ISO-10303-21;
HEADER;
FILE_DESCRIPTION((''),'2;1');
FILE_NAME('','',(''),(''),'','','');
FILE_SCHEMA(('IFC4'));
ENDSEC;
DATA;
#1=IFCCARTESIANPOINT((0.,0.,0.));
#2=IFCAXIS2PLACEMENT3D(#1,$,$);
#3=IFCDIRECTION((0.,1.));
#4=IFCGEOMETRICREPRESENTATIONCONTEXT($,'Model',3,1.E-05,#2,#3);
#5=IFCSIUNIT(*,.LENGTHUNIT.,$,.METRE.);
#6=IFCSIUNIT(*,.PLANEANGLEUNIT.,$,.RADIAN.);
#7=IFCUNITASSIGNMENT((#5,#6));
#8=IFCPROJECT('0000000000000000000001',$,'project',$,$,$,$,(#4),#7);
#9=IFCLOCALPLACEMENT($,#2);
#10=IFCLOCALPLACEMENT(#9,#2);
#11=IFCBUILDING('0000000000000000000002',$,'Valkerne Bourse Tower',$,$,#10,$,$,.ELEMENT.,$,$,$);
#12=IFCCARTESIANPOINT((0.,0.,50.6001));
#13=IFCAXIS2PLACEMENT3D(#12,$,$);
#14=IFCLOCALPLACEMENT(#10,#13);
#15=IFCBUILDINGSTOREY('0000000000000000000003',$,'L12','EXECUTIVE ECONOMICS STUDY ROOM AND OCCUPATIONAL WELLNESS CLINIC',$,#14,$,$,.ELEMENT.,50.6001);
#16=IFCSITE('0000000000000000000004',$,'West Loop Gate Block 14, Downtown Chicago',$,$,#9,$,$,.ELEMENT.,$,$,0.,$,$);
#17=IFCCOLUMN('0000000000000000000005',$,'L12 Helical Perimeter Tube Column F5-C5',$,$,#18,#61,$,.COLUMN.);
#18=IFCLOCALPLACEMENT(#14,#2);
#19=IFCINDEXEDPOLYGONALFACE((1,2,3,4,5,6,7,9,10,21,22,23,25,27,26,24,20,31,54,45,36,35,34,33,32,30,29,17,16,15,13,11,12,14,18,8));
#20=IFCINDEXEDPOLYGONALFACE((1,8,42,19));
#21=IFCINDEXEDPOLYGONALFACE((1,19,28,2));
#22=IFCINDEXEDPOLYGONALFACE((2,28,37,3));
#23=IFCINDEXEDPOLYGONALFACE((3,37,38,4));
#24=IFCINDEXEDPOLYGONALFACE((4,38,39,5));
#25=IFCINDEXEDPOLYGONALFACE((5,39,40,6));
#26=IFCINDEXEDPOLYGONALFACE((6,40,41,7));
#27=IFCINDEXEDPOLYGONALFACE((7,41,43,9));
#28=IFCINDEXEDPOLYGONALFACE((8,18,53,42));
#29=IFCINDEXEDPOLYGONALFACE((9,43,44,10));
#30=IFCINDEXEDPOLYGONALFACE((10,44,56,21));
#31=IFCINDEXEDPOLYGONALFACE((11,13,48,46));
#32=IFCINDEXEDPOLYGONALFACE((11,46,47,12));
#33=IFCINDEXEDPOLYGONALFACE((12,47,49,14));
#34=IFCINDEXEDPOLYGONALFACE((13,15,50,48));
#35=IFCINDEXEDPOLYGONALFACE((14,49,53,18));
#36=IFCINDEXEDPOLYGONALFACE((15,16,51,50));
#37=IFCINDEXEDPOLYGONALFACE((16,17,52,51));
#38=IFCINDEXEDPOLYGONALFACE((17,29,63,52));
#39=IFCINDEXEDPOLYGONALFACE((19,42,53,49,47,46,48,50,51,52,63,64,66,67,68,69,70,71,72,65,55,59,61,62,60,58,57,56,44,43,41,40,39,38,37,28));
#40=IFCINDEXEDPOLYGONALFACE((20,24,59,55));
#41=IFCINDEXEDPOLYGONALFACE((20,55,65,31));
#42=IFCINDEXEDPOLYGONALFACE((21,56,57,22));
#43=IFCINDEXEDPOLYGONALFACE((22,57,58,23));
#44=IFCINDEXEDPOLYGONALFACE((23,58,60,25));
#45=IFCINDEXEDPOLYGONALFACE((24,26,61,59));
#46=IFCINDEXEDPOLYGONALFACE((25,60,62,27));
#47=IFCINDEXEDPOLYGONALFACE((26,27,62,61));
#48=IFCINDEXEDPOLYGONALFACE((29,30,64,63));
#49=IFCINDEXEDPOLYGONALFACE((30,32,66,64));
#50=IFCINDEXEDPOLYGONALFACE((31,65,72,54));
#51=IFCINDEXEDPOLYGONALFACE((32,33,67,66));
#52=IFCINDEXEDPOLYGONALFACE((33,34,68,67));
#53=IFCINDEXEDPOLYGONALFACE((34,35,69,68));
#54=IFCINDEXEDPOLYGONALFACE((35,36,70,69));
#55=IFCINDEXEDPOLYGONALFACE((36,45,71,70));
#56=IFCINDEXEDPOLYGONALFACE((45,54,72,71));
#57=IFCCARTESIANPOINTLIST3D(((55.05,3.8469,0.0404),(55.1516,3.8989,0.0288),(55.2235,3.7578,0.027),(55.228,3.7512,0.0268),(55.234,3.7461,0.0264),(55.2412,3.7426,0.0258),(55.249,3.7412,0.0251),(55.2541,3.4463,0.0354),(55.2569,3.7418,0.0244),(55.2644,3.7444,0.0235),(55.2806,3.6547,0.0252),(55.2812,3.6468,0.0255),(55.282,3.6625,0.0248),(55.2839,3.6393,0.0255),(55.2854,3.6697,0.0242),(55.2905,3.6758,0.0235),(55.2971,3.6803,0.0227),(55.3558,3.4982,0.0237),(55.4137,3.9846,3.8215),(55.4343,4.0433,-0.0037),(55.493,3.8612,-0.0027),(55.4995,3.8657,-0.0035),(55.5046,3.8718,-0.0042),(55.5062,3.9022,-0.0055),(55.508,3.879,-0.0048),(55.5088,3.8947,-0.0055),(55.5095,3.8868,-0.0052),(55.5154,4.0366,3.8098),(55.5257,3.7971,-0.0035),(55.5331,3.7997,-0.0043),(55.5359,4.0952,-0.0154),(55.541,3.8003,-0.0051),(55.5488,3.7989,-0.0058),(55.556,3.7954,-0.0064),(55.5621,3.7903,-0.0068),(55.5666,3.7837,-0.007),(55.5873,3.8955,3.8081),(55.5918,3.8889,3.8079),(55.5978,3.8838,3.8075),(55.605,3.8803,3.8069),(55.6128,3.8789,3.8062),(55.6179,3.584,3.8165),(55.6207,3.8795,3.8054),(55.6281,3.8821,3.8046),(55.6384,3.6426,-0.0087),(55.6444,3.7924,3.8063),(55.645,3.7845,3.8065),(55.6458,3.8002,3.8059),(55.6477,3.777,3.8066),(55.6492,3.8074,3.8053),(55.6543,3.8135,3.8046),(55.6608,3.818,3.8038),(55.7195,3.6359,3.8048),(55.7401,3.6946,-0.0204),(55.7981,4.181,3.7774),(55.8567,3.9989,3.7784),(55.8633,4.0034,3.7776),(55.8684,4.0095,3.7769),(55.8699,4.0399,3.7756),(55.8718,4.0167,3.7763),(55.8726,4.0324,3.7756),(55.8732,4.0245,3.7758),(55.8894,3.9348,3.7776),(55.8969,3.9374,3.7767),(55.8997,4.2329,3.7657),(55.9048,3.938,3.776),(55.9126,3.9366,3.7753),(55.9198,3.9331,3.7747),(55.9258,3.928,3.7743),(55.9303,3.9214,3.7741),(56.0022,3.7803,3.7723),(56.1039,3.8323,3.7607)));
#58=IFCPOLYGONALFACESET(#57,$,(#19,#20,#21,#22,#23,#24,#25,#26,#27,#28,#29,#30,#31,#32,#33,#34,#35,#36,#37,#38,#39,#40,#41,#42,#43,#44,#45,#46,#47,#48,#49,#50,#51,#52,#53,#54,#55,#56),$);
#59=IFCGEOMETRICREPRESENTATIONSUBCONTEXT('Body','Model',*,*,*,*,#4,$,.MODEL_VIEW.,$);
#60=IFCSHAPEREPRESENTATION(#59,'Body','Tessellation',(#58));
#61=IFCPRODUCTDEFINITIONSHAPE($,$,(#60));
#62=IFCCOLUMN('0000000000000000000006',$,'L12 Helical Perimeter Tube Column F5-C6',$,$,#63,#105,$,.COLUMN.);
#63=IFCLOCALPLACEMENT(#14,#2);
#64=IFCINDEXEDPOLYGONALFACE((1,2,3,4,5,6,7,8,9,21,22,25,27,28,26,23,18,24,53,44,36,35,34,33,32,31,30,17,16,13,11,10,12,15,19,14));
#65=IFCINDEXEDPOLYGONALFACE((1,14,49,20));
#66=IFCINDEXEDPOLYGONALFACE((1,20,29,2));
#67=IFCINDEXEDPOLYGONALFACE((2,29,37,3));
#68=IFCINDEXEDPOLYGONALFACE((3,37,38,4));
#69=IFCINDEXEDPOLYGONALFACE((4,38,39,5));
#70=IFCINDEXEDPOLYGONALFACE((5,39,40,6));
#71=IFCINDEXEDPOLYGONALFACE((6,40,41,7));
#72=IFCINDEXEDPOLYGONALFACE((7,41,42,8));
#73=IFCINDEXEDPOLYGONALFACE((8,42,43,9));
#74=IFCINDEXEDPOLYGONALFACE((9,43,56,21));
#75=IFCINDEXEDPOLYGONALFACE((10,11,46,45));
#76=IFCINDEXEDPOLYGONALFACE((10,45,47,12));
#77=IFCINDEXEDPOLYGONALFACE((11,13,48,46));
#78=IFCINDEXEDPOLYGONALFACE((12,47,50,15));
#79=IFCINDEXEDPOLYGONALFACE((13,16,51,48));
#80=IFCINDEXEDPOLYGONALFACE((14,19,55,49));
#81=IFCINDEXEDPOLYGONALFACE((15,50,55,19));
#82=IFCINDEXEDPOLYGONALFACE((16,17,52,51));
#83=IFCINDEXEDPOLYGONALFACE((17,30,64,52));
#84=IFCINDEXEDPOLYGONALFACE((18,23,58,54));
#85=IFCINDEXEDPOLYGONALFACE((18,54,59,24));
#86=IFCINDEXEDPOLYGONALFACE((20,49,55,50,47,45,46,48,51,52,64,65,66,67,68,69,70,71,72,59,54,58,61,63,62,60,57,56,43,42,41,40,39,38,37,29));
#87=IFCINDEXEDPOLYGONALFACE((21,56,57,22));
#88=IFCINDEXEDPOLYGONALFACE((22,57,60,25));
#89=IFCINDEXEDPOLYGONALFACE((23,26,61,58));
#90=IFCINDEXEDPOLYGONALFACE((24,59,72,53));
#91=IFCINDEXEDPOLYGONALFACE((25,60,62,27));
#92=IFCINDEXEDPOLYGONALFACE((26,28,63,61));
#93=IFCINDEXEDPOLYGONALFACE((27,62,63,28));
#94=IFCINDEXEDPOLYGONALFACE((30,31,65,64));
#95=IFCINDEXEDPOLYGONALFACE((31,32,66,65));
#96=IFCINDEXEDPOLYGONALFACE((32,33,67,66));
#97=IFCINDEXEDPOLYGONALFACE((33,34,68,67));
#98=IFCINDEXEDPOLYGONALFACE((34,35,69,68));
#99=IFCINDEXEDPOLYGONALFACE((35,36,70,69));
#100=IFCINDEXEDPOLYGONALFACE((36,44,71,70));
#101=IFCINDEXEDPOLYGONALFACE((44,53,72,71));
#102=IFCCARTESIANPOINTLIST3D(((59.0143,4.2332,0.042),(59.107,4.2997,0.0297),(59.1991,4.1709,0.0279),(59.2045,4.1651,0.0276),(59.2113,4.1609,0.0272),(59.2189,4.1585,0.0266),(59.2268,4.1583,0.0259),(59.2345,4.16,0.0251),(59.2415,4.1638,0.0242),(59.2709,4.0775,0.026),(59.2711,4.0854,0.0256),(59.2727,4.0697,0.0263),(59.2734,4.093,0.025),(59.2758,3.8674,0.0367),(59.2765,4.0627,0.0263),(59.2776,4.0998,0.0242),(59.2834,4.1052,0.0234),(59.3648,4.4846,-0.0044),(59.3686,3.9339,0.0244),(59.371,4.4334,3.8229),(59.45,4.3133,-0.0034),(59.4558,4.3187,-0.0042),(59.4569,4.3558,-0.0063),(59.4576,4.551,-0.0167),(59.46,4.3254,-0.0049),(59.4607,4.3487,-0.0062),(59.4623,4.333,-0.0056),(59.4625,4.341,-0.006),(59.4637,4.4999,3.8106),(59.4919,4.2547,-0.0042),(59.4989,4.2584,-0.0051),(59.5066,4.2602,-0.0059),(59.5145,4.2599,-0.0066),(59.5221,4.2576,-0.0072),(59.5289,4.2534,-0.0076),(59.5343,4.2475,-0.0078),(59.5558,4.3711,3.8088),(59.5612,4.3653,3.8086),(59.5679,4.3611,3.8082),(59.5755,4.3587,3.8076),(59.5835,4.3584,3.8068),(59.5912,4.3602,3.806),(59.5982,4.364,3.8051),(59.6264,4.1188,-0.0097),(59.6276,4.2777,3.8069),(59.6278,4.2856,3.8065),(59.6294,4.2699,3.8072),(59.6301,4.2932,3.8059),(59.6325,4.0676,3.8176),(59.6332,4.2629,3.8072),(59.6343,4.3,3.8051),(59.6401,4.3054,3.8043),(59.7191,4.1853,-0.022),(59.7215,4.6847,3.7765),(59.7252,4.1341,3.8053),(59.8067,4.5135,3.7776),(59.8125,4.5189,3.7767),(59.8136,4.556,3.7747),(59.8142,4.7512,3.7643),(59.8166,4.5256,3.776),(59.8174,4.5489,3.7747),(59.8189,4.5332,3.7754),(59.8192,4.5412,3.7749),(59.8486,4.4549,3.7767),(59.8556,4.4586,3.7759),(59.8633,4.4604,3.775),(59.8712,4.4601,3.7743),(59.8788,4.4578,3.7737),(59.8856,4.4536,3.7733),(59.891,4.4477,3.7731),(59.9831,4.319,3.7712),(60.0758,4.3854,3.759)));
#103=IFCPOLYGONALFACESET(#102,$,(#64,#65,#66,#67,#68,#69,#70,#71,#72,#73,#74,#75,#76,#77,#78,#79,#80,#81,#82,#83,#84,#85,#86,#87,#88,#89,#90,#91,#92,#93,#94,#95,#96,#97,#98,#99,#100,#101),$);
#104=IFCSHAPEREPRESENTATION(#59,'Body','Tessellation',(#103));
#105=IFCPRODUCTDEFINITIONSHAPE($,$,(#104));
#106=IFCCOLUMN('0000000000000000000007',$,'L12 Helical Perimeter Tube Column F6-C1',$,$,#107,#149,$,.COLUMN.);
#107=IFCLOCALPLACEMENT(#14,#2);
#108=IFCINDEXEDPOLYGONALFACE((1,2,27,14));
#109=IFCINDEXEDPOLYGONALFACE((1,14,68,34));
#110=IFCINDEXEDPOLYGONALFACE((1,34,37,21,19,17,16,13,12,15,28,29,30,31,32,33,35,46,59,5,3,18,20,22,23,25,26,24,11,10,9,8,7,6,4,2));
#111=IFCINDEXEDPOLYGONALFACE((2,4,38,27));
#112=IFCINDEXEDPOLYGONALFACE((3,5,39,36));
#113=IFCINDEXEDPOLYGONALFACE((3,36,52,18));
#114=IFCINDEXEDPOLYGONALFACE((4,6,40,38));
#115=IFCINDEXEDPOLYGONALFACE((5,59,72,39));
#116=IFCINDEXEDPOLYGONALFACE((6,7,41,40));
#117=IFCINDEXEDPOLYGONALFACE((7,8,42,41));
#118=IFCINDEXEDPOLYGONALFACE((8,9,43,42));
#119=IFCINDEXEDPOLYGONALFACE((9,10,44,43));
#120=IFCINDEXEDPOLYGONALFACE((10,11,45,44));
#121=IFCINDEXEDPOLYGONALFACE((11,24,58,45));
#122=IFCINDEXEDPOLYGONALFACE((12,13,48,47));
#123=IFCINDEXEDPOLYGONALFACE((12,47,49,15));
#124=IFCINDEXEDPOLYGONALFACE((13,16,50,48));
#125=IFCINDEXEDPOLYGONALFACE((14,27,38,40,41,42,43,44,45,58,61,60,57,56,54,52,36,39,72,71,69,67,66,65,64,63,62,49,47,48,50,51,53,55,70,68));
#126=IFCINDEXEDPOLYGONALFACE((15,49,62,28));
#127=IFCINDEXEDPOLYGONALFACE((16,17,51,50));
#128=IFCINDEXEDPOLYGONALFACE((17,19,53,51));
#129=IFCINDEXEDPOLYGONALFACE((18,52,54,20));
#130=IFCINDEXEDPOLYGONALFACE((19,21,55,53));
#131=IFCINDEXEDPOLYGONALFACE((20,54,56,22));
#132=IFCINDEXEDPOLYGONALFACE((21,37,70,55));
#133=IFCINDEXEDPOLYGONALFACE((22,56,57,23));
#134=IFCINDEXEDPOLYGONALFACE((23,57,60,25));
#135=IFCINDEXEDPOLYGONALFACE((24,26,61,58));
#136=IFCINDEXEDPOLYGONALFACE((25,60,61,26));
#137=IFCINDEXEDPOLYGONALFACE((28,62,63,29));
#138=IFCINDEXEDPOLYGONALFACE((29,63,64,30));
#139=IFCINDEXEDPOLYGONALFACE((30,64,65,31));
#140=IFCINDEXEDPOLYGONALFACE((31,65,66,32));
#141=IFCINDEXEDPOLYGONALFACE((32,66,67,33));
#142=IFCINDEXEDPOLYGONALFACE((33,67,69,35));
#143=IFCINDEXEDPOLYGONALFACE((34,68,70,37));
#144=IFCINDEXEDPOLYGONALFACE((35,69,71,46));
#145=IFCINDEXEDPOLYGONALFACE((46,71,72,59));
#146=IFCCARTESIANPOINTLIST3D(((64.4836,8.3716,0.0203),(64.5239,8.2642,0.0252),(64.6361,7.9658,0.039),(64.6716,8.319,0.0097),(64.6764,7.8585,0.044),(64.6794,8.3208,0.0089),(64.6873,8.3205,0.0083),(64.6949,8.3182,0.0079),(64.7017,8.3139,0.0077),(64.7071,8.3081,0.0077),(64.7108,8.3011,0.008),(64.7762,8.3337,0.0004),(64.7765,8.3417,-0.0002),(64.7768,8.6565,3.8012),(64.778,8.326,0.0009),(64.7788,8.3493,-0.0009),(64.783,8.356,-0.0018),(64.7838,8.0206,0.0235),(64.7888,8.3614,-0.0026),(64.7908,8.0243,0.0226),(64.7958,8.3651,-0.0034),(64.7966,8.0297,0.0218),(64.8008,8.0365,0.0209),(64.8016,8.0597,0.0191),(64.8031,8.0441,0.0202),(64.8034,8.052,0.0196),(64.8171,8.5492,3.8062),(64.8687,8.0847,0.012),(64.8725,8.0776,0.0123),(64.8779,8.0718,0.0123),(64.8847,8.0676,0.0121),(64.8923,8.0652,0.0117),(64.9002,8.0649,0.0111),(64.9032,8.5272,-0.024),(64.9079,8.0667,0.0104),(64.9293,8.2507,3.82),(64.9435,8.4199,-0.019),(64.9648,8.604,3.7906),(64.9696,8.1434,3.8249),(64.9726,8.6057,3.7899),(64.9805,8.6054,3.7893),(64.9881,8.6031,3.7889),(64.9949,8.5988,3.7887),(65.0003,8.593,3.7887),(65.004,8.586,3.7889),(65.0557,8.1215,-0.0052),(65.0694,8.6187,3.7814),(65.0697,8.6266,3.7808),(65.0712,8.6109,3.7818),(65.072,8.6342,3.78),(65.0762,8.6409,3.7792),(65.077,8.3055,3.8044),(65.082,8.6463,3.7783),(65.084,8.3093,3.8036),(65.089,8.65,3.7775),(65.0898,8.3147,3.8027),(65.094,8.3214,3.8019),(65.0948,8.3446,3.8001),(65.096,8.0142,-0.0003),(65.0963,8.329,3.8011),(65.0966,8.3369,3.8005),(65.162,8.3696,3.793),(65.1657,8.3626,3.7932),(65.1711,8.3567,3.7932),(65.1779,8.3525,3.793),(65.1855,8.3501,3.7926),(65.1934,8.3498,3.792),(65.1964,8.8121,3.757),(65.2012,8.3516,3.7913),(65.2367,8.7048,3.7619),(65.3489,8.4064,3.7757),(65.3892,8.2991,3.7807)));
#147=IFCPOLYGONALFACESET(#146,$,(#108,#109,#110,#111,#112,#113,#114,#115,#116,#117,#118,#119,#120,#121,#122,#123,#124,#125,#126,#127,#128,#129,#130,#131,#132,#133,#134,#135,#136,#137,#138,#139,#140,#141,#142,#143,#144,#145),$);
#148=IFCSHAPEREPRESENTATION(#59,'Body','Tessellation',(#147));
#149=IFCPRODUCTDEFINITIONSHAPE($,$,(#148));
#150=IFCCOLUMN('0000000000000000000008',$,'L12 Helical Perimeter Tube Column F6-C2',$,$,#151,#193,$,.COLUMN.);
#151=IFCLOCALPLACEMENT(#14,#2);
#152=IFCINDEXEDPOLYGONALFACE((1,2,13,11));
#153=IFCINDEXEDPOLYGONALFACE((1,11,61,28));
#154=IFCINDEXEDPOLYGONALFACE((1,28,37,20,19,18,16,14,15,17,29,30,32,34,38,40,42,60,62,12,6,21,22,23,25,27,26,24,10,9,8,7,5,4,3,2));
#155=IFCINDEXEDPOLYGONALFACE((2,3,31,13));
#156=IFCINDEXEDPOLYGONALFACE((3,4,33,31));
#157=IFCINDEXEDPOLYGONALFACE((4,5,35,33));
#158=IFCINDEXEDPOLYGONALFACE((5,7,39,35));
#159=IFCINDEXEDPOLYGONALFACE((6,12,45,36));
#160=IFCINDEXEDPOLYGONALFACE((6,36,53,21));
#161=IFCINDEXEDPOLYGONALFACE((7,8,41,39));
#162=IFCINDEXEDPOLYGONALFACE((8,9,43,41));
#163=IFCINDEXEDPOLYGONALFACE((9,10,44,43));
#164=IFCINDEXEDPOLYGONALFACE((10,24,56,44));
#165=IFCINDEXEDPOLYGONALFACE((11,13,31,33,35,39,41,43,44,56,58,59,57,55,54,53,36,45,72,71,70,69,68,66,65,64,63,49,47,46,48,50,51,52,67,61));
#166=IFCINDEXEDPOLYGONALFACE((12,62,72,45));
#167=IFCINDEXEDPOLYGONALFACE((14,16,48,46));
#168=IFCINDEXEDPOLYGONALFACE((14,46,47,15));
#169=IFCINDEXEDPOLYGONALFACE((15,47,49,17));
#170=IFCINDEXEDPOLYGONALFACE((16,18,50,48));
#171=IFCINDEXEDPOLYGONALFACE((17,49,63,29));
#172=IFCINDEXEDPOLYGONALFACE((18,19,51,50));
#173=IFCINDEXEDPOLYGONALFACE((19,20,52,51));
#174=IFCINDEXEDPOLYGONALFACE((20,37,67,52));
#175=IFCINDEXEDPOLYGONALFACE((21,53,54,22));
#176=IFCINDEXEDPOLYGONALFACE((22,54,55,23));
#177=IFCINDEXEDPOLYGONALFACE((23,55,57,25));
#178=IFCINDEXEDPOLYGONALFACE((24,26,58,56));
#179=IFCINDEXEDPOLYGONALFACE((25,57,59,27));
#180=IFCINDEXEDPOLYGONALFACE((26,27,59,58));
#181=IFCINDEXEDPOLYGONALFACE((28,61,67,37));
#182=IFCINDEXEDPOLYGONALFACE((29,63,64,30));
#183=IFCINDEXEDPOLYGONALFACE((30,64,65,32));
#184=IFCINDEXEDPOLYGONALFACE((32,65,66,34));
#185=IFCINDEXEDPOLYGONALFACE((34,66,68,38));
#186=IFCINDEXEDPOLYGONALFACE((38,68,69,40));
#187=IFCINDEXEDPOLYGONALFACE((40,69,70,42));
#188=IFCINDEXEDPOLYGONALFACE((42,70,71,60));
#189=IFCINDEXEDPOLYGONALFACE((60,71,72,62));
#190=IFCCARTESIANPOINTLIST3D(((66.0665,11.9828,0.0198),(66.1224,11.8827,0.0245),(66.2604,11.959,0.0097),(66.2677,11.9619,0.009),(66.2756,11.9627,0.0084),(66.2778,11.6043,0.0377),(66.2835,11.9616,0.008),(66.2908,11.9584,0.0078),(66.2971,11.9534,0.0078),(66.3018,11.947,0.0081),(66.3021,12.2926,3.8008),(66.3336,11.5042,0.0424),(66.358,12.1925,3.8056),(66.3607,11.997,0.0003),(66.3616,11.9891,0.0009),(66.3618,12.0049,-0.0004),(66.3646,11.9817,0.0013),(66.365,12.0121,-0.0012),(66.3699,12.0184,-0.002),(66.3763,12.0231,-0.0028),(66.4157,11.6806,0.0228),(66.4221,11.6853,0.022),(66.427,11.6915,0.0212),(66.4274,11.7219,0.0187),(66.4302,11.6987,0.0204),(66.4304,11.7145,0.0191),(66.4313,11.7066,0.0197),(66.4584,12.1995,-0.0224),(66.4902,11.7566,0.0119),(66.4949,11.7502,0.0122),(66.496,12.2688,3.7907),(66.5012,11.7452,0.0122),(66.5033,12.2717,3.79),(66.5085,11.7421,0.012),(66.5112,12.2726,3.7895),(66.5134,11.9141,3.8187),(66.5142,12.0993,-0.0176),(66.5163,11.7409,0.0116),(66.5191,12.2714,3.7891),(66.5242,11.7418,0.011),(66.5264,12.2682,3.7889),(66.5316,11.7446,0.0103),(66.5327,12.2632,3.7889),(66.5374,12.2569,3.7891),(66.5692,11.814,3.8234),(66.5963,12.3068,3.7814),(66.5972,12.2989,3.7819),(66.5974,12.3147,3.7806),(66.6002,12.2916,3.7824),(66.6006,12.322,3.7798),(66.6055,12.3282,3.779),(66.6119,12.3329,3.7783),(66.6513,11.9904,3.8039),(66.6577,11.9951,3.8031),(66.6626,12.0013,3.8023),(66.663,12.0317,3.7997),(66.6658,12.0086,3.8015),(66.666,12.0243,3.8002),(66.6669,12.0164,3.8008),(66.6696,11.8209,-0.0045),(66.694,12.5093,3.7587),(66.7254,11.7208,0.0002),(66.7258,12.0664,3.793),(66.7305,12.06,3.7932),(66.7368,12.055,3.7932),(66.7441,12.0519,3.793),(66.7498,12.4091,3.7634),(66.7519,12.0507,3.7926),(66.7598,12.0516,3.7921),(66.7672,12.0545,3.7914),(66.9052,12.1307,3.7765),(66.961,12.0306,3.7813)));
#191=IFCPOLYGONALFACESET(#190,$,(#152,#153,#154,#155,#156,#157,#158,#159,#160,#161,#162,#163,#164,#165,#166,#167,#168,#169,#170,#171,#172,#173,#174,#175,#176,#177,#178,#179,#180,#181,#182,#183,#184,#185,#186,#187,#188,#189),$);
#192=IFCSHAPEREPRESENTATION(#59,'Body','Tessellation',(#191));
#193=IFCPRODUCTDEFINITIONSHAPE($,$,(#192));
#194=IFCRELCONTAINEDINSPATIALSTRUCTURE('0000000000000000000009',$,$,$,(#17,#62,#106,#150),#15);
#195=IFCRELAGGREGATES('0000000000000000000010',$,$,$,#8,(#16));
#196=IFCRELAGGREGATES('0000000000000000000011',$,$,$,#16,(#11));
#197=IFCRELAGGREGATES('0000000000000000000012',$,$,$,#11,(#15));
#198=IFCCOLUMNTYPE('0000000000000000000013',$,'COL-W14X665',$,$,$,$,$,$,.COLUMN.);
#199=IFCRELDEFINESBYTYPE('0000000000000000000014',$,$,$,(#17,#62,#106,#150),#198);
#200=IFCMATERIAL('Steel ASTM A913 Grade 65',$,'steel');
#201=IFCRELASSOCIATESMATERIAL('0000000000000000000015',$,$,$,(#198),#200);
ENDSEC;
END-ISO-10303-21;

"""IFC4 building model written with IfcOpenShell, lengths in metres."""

from ifc_helpers import new_model, si_unit, direction, frame, origin, origin_2d, place, context, subcontext, project, spatial, i_section, extrude, material, material_profile, profile_set, type_object, element, save


model = new_model("IFC4")

# Units and contexts
model_context = context("Model", 3, precision=1e-05, world=origin(), true_north=direction((0.0, 1.0)))
body_context = subcontext(model_context, "Body", "Model", "MODEL_VIEW")
ifc_project = project(units=[si_unit("LENGTHUNIT", "METRE"), si_unit("PLANEANGLEUNIT", "RADIAN")], contexts=[model_context])

# Site, building, storey
site_placement = place(None, origin())
site = spatial("IfcSite", under=ifc_project, at=site_placement, Name="West Loop Gate Block 14, Downtown Chicago", CompositionType="ELEMENT", RefElevation=0.0)
building_placement = place(site_placement, origin())
building = spatial("IfcBuilding", under=site, at=building_placement, Name="Valkerne Bourse Tower", CompositionType="ELEMENT")
storey_placement = place(building_placement, frame((0.0, 0.0, 50.6001)))
storey = spatial("IfcBuildingStorey", under=building, at=storey_placement, Name="L12", Description="EXECUTIVE ECONOMICS STUDY ROOM AND OCCUPATIONAL WELLNESS CLINIC", CompositionType="ELEMENT", Elevation=50.6001)

# Columns
ifc_material_1 = material(Name="Steel ASTM A913 Grade 65", Category="steel")
ifc_material_profile_1 = material_profile(ifc_material_1, i_section(OverallWidth=0.4497, OverallDepth=0.5486, WebThickness=0.072, FlangeThickness=0.1147, FilletRadius=0.0305, at=origin_2d()), Name="W14X665")
ifc_profile_set_1 = profile_set([ifc_material_profile_1], Name="Steel ASTM A913 Grade 65")
column_type = type_object("IfcColumnType", Name="COL-W14X665", PredefinedType="COLUMN", material=ifc_profile_set_1)
column_1_placement = place(storey_placement, frame((55.395, 3.7708, 0.01), z_axis=(0.095705, 0.036226, 0.99475), x_axis=(-0.453962, 0.89095, 0.011229)))
element("IfcColumn", 1, at=column_1_placement, inside=storey, type_object=column_type, Name="L12 Helical Perimeter Tube Column F5-C5", PredefinedType="COLUMN", context=body_context, shape_type="SweptSolid", body=[
    extrude(i_section(OverallWidth=0.4497, OverallDepth=0.5486, WebThickness=0.072, FlangeThickness=0.1147, FilletRadius=0.0305, at=origin_2d()), origin(), (0.0, 0.0, 1.0), 3.801),
])
for number, where, z_axis, x_axis, name in (
    (2, (59.3667, 4.2092, 0.01), (0.09379, 0.052641, 0.994199), (-0.581621, 0.813374, 0.011802), "L12 Helical Perimeter Tube Column F5-C6"),
    (3, (64.7898, 8.1929, 0.01), (0.077099, 0.074917, 0.994205), (-0.933005, -0.34614, 0.098436), "L12 Helical Perimeter Tube Column F6-C1"),
):
    element("IfcColumn", number, at=place(storey_placement, frame(where, z_axis=z_axis, x_axis=x_axis)), inside=storey, type_object=column_type, Name=name, PredefinedType="COLUMN", context=body_context, shape_type="SweptSolid", body=[
        extrude(i_section(OverallWidth=0.4497, OverallDepth=0.5486, WebThickness=0.072, FlangeThickness=0.1147, FilletRadius=0.0305, at=origin_2d()), origin(), (0.0, 0.0, 1.0), 3.803),
    ])
column_2_placement = place(storey_placement, frame((66.396, 11.8518, 0.01), z_axis=(0.061983, 0.081509, 0.994743), x_axis=(-0.87129, -0.481728, 0.093763)))
element("IfcColumn", 4, at=column_2_placement, inside=storey, type_object=column_type, Name="L12 Helical Perimeter Tube Column F6-C2", PredefinedType="COLUMN", context=body_context, shape_type="SweptSolid", body=[
    extrude(i_section(OverallWidth=0.4497, OverallDepth=0.5486, WebThickness=0.072, FlangeThickness=0.1147, FilletRadius=0.0305, at=origin_2d()), origin(), (0.0, 0.0, 1.0), 3.801),
])

save(model, "model.ifc")
